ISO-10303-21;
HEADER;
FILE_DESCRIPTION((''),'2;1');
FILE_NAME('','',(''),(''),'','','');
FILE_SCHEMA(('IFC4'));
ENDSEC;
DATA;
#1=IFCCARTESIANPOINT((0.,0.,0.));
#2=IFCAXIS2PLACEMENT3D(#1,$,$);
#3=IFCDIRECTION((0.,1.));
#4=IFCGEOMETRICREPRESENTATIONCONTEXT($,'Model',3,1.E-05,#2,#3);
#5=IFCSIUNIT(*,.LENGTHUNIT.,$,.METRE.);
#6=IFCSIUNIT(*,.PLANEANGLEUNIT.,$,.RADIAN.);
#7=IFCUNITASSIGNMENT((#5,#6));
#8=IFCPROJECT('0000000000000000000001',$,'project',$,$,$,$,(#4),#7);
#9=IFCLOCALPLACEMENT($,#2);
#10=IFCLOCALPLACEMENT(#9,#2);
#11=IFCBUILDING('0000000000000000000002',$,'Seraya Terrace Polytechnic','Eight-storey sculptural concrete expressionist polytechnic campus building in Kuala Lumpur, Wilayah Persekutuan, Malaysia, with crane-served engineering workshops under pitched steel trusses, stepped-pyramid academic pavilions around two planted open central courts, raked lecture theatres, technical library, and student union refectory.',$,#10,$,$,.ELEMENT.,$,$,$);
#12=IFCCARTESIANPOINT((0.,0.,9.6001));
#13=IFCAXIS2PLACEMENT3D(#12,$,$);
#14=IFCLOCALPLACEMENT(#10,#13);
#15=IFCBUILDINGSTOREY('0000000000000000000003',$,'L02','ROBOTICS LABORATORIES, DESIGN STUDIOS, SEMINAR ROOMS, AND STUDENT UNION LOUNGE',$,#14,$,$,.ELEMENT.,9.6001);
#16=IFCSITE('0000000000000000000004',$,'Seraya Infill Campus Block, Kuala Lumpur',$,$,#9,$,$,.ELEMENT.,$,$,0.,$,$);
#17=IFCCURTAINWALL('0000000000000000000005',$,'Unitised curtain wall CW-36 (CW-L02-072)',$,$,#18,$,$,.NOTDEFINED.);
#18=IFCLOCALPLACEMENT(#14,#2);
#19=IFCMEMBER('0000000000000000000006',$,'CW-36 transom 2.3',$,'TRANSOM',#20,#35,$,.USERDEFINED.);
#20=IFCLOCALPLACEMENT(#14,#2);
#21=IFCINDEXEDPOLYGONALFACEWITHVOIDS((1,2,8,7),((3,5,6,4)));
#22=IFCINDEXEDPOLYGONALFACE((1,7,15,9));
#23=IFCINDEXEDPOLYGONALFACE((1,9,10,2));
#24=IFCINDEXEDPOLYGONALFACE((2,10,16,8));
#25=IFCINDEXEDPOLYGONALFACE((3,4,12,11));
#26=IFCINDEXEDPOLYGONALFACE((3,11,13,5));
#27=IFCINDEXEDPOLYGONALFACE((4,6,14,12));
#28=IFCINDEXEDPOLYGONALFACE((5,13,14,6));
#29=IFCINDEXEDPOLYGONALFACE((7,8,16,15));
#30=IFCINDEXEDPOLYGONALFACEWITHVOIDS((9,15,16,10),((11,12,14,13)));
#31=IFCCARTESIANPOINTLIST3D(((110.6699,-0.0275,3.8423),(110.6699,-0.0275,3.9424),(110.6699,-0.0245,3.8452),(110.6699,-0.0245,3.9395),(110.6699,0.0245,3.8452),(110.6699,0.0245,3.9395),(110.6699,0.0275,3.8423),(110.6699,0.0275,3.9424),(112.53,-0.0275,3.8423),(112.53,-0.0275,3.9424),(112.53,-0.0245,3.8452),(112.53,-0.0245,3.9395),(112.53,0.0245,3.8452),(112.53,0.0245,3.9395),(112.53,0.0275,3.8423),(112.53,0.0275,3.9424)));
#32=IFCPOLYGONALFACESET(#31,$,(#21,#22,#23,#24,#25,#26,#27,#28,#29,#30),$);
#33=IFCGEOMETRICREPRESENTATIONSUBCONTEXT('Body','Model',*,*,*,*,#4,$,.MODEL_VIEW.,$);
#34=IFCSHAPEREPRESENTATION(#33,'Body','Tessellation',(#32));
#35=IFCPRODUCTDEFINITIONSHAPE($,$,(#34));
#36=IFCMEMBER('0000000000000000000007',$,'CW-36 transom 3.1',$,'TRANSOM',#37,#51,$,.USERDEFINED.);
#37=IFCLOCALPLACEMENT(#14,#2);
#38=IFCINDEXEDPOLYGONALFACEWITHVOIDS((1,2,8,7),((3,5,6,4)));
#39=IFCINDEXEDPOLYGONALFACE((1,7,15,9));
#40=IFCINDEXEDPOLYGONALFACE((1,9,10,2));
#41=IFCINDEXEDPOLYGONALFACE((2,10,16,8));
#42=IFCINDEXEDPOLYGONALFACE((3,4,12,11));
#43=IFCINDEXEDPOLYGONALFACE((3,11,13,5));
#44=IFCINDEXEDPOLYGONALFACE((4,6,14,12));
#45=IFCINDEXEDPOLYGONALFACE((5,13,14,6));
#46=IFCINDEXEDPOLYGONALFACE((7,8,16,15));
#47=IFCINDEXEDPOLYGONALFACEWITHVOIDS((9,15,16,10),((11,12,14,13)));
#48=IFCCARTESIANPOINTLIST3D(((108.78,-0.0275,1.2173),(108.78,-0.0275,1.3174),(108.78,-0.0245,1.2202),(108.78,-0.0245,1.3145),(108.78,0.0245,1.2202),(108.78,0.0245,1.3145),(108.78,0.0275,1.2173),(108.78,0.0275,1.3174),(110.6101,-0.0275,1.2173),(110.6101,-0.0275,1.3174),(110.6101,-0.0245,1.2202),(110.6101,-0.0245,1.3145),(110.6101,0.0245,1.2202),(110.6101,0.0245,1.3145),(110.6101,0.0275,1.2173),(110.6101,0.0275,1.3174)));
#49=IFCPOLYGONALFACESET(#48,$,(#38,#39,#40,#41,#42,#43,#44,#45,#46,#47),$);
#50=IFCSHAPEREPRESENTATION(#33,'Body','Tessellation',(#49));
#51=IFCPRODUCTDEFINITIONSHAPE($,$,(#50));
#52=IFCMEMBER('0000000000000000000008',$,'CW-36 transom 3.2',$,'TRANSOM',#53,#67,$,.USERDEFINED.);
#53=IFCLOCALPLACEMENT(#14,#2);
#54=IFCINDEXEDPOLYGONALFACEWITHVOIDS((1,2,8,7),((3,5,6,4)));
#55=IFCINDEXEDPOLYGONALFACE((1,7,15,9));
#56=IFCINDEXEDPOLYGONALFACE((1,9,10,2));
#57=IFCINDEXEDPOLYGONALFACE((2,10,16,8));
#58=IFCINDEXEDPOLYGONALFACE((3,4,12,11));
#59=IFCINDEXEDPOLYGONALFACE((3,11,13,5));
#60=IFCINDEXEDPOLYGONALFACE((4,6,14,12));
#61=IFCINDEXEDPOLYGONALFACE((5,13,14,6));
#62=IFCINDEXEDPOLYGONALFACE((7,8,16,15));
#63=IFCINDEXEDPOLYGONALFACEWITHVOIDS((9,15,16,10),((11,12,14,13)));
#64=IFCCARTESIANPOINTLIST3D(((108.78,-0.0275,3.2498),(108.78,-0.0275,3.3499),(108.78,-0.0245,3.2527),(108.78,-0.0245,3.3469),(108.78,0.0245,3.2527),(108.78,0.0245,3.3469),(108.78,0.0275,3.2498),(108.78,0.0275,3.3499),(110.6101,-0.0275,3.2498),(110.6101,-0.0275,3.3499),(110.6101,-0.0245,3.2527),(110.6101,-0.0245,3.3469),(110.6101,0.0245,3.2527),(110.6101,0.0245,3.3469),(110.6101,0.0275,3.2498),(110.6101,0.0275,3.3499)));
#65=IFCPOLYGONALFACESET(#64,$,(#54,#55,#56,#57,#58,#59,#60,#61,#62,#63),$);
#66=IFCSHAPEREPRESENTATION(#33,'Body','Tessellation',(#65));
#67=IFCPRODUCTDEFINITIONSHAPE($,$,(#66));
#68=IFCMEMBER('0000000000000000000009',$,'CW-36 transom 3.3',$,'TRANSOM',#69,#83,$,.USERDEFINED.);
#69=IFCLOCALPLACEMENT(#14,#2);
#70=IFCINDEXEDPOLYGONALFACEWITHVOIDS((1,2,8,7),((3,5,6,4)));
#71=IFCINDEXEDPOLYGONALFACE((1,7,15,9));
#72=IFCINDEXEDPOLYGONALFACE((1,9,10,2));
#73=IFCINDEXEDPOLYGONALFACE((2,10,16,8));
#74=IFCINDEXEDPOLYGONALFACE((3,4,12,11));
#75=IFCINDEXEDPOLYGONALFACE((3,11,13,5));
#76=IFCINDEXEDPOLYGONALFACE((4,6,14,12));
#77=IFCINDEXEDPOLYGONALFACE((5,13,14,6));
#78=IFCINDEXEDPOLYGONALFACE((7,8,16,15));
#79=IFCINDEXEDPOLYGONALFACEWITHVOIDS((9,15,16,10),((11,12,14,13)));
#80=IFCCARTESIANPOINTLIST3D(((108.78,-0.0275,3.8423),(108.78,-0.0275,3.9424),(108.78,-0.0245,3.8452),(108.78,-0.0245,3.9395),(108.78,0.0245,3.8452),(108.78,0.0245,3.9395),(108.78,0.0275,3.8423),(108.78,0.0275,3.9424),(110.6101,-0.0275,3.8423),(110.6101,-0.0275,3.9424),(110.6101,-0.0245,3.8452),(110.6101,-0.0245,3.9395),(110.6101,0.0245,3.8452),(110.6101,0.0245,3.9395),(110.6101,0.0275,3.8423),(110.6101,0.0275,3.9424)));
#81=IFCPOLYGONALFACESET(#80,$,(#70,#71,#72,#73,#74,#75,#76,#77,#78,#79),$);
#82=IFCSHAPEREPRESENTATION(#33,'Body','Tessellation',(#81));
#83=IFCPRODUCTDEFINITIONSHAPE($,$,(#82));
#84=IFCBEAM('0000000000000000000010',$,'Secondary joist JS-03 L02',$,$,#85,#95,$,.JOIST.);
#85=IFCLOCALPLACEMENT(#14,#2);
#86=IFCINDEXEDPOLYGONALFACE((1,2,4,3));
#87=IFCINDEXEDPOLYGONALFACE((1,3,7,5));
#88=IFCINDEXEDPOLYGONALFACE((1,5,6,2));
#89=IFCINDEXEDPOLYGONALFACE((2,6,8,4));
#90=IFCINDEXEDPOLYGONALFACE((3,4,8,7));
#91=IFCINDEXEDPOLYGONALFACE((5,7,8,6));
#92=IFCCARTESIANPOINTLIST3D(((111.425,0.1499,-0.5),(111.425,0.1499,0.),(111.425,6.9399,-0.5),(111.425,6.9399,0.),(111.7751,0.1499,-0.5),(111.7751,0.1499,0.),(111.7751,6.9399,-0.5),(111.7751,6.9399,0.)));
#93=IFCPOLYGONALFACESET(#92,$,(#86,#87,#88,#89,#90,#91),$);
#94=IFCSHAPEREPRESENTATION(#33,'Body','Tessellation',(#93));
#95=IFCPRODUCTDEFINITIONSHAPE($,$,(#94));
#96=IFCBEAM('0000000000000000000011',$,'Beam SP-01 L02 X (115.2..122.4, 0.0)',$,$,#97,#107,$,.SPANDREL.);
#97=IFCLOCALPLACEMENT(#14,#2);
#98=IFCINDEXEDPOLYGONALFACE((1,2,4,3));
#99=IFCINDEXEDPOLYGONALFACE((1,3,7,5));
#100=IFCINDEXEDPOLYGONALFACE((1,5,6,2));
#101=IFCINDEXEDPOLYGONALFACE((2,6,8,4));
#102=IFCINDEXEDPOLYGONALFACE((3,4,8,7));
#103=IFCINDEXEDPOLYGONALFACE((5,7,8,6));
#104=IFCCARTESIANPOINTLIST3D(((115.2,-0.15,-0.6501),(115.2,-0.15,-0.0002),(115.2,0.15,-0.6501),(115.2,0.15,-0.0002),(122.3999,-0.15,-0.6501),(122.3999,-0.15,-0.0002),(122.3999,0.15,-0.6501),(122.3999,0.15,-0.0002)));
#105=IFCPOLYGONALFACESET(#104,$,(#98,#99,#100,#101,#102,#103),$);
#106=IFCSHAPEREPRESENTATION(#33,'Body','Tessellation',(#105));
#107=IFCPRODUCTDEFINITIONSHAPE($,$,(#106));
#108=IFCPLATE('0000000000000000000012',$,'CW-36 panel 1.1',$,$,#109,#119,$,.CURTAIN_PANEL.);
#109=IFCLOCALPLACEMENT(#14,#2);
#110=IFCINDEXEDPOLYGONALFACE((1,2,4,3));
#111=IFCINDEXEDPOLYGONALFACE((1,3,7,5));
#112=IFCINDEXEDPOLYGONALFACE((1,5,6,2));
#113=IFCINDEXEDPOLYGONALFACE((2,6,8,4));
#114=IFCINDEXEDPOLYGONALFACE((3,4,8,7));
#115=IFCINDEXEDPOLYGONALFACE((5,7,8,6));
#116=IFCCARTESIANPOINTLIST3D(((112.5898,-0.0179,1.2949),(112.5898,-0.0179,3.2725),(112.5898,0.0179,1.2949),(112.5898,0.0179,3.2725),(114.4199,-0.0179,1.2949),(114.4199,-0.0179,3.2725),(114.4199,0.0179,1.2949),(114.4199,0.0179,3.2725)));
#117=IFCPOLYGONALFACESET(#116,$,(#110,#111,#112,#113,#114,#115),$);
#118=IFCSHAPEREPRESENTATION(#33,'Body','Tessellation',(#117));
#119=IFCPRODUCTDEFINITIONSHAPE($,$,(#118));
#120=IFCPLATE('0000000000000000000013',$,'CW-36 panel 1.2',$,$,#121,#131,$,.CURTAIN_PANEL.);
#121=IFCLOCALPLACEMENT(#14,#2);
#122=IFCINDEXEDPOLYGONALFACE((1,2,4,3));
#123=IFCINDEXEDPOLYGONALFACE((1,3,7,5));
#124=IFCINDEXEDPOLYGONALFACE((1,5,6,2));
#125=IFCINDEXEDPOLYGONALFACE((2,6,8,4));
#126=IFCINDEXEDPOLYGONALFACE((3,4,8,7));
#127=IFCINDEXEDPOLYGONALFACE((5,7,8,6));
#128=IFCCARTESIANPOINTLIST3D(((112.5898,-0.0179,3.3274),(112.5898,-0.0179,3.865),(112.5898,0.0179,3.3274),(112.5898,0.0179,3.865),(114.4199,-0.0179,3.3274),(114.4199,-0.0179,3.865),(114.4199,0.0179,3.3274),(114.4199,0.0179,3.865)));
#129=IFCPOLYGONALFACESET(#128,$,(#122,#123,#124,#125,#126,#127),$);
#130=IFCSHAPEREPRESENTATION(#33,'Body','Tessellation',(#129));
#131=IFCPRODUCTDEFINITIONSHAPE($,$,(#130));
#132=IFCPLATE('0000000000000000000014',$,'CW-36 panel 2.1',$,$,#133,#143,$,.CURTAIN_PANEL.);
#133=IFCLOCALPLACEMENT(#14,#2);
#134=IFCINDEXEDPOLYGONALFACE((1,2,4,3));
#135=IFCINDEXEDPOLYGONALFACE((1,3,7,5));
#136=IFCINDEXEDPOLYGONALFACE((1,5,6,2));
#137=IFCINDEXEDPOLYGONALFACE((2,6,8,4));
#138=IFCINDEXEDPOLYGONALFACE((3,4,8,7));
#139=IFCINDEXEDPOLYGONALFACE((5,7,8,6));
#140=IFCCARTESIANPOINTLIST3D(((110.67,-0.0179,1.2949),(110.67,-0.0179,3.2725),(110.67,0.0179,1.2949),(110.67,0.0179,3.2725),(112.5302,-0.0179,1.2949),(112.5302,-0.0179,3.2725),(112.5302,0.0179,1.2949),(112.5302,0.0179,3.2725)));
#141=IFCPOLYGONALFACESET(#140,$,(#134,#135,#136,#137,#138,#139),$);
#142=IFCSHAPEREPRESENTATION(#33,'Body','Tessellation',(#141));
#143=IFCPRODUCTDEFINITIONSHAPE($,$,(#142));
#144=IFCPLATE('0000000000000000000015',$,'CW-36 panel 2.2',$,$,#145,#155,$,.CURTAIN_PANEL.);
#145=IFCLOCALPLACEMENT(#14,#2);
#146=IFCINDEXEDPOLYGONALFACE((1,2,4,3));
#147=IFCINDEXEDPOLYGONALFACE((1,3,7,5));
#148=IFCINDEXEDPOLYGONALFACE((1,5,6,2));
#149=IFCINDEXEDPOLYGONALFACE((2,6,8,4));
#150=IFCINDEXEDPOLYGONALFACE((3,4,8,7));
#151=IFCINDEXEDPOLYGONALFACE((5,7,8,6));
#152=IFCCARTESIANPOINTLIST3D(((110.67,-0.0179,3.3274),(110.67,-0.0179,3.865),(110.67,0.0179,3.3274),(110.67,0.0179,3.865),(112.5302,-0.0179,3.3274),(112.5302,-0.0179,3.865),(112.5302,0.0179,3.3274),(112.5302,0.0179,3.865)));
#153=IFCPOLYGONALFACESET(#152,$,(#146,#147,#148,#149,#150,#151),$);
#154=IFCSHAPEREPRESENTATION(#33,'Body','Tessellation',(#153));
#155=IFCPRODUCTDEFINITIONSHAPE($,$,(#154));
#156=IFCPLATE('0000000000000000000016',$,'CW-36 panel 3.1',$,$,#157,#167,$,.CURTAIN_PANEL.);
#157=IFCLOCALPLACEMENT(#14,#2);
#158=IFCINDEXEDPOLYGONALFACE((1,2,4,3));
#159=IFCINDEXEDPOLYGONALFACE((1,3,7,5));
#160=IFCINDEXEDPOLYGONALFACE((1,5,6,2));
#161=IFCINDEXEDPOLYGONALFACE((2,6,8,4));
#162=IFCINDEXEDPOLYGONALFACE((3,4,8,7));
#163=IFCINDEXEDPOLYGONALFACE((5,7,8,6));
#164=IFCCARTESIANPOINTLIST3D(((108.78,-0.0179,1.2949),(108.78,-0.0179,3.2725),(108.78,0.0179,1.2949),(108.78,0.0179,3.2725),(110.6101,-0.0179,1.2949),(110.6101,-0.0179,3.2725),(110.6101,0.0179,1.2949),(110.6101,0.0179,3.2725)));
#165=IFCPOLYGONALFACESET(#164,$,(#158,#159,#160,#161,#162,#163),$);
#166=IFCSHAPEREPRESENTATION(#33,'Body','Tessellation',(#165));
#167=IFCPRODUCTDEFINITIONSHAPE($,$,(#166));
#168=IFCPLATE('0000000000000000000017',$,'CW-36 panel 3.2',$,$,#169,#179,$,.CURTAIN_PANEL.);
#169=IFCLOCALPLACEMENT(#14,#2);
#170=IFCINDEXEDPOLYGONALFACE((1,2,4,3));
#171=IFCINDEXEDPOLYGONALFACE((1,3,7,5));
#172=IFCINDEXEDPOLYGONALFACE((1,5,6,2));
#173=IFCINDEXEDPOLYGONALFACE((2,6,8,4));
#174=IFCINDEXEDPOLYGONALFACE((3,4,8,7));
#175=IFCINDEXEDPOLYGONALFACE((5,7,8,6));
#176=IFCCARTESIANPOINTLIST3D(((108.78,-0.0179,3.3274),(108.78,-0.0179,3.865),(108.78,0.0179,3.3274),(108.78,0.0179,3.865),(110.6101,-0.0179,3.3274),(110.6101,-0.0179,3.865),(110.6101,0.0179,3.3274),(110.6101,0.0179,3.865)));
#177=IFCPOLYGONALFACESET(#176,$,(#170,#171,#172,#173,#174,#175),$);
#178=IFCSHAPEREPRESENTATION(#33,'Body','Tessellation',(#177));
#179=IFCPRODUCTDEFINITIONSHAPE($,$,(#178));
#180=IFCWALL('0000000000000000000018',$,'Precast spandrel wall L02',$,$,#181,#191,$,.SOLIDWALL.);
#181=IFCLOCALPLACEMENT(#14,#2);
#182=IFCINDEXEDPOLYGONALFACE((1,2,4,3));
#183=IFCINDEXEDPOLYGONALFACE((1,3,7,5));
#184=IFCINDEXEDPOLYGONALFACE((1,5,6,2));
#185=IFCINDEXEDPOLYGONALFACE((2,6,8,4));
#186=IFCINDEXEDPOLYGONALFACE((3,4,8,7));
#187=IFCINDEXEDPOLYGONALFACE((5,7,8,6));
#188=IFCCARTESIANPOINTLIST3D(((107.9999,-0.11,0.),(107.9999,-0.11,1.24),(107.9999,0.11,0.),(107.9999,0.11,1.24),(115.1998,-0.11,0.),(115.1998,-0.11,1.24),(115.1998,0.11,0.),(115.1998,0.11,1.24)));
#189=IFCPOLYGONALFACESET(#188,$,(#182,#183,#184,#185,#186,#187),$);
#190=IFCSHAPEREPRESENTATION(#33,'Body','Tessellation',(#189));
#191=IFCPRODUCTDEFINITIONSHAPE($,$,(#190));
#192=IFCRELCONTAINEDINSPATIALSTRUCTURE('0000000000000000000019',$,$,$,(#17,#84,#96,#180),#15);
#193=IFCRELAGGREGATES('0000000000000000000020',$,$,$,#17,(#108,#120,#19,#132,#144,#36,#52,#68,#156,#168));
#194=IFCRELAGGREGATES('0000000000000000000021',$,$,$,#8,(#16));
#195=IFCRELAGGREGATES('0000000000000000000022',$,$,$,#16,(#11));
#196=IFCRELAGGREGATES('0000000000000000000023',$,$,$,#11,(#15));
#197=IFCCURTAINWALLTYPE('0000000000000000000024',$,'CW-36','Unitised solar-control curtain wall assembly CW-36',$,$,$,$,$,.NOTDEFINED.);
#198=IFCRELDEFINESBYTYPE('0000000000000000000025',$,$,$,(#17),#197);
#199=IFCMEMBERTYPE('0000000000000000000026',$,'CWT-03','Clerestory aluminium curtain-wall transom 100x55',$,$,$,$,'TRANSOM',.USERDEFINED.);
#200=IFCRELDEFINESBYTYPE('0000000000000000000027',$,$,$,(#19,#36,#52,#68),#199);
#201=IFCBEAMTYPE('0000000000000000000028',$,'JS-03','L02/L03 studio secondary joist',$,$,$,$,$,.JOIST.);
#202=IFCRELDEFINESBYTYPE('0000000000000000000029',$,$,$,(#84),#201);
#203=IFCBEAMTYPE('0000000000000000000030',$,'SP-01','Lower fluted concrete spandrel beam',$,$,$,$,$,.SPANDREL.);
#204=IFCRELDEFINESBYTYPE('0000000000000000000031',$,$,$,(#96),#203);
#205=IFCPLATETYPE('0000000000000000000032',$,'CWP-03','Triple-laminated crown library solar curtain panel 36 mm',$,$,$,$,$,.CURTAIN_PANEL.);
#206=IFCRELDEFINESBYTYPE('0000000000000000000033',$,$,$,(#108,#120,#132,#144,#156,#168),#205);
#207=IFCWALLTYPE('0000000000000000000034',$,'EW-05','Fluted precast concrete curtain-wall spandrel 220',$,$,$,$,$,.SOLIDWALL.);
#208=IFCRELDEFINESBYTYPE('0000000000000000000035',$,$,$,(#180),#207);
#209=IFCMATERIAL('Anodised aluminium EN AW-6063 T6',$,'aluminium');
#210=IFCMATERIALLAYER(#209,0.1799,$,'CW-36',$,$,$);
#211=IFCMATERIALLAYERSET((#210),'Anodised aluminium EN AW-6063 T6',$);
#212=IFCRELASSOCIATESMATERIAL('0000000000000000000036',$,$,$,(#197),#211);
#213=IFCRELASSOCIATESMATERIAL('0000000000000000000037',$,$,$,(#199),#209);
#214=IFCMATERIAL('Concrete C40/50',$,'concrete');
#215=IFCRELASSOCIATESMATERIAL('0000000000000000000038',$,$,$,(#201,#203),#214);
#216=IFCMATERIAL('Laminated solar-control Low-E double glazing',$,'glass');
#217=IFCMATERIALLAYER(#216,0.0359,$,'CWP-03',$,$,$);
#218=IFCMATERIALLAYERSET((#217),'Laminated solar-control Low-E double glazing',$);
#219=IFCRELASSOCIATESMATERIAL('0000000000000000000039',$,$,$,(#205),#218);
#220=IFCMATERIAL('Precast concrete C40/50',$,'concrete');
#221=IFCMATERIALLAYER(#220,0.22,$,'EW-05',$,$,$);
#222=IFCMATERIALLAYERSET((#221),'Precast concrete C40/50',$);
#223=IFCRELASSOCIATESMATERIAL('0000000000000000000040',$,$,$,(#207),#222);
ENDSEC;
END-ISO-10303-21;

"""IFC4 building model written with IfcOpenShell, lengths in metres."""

from ifc_helpers import new_model, si_unit, direction, frame, frame_2d, origin, origin_2d, place, context, subcontext, project, spatial, rectangle, hollow_rectangle, extrude, material, layer, layer_set, material_profile, profile_set, type_object, element, aggregate, save


model = new_model("IFC4")

# Units and contexts
model_context = context("Model", 3, precision=1e-05, world=origin(), true_north=direction((0.0, 1.0)))
body_context = subcontext(model_context, "Body", "Model", "MODEL_VIEW")
ifc_project = project(units=[si_unit("LENGTHUNIT", "METRE"), si_unit("PLANEANGLEUNIT", "RADIAN")], contexts=[model_context])

# Site, building, storey
site_placement = place(None, origin())
site = spatial("IfcSite", under=ifc_project, at=site_placement, Name="Seraya Infill Campus Block, Kuala Lumpur", CompositionType="ELEMENT", RefElevation=0.0)
building_placement = place(site_placement, origin())
building = spatial("IfcBuilding", under=site, at=building_placement, Name="Seraya Terrace Polytechnic", Description="Eight-storey sculptural concrete expressionist polytechnic campus building in Kuala Lumpur, Wilayah Persekutuan, Malaysia, with crane-served engineering workshops under pitched steel trusses, stepped-pyramid academic pavilions around two planted open central courts, raked lecture theatres, technical library, and student union refectory.", CompositionType="ELEMENT")
storey_placement = place(building_placement, frame((0.0, 0.0, 9.6001)))
storey = spatial("IfcBuildingStorey", under=building, at=storey_placement, Name="L02", Description="ROBOTICS LABORATORIES, DESIGN STUDIOS, SEMINAR ROOMS, AND STUDENT UNION LOUNGE", CompositionType="ELEMENT", Elevation=9.6001)

# Shared definitions
ifc_material_1 = material(Name="Concrete C40/50", Category="concrete")

# Curtain wall, members
ifc_material_2 = material(Name="Anodised aluminium EN AW-6063 T6", Category="aluminium")
ifc_layer_1 = layer(ifc_material_2, 0.1799, Name="CW-36")
ifc_layer_set_1 = layer_set([ifc_layer_1], Name="Anodised aluminium EN AW-6063 T6")
curtain_wall_type = type_object("IfcCurtainWallType", Name="CW-36", Description="Unitised solar-control curtain wall assembly CW-36", PredefinedType="NOTDEFINED", material=ifc_layer_set_1)
curtain_wall_placement = place(storey_placement, origin())
curtain_wall = element("IfcCurtainWall", 1, at=curtain_wall_placement, inside=storey, type_object=curtain_wall_type, Name="Unitised curtain wall CW-36 (CW-L02-072)", PredefinedType="NOTDEFINED")
ifc_material_profile_1 = material_profile(ifc_material_2, hollow_rectangle(XDim=0.0549, YDim=0.1001, WallThickness=0.0029, at=origin_2d()), Name="RHS 100x55x3.0")
ifc_profile_set_1 = profile_set([ifc_material_profile_1], Name="Anodised aluminium EN AW-6063 T6")
member_type_1 = type_object("IfcMemberType", Name="CWT-03", Description="Clerestory aluminium curtain-wall transom 100x55", ElementType="TRANSOM", PredefinedType="USERDEFINED", material=ifc_profile_set_1)
member_1_placement = place(storey_placement, frame((112.53, 0.0, 3.8923), z_axis=(-1.0, 0.0, 0.0), x_axis=(0.0, -1.0, 0.0)))
member_1 = element("IfcMember", 2, at=member_1_placement, type_object=member_type_1, Name="CW-36 transom 2.3", ObjectType="TRANSOM", PredefinedType="USERDEFINED", context=body_context, shape_type="SweptSolid", body=[
    extrude(hollow_rectangle(XDim=0.0549, YDim=0.1001, WallThickness=0.0029, at=origin_2d()), origin(), (0.0, 0.0, 1.0), 1.8601),
])
member_2_placement = place(storey_placement, frame((110.6101, 0.0, 1.2673), z_axis=(-1.0, 0.0, 0.0), x_axis=(0.0, -1.0, 0.0)))
member_2 = element("IfcMember", 3, at=member_2_placement, type_object=member_type_1, Name="CW-36 transom 3.1", ObjectType="TRANSOM", PredefinedType="USERDEFINED", context=body_context, shape_type="SweptSolid", body=[
    extrude(hollow_rectangle(XDim=0.0549, YDim=0.1001, WallThickness=0.0029, at=origin_2d()), origin(), (0.0, 0.0, 1.0), 1.8301),
])
member_3_placement = place(storey_placement, frame((110.6101, 0.0, 3.2998), z_axis=(-1.0, 0.0, 0.0), x_axis=(0.0, -1.0, 0.0)))
member_3 = element("IfcMember", 4, at=member_3_placement, type_object=member_type_1, Name="CW-36 transom 3.2", ObjectType="TRANSOM", PredefinedType="USERDEFINED", context=body_context, shape_type="SweptSolid", body=[
    extrude(hollow_rectangle(XDim=0.0549, YDim=0.1001, WallThickness=0.0029, at=origin_2d()), origin(), (0.0, 0.0, 1.0), 1.8301),
])
member_4_placement = place(storey_placement, frame((110.6101, 0.0, 3.8923), z_axis=(-1.0, 0.0, 0.0), x_axis=(0.0, -1.0, 0.0)))
member_4 = element("IfcMember", 5, at=member_4_placement, type_object=member_type_1, Name="CW-36 transom 3.3", ObjectType="TRANSOM", PredefinedType="USERDEFINED", context=body_context, shape_type="SweptSolid", body=[
    extrude(hollow_rectangle(XDim=0.0549, YDim=0.1001, WallThickness=0.0029, at=origin_2d()), origin(), (0.0, 0.0, 1.0), 1.8301),
])

# Beams
ifc_material_profile_2 = material_profile(ifc_material_1, rectangle(XDim=0.3501, YDim=0.5, at=origin_2d()), Name="RC 350x500")
ifc_profile_set_2 = profile_set([ifc_material_profile_2], Name="Concrete C40/50")
beam_type_1 = type_object("IfcBeamType", Name="JS-03", Description="L02/L03 studio secondary joist", PredefinedType="JOIST", material=ifc_profile_set_2)
beam_1_placement = place(storey_placement, frame((111.6001, 0.1499, -0.25), z_axis=(0.0, 1.0, 0.0), x_axis=(-1.0, 0.0, 0.0)))
element("IfcBeam", 6, at=beam_1_placement, inside=storey, type_object=beam_type_1, Name="Secondary joist JS-03 L02", PredefinedType="JOIST", context=body_context, shape_type="SweptSolid", body=[
    extrude(rectangle(XDim=0.3501, YDim=0.5, at=origin_2d()), origin(), (0.0, 0.0, 1.0), 6.79),
])
ifc_material_profile_3 = material_profile(ifc_material_1, rectangle(XDim=0.3, YDim=0.6499, at=origin_2d()), Name="RC 300x650")
ifc_profile_set_3 = profile_set([ifc_material_profile_3], Name="Concrete C40/50")
beam_type_2 = type_object("IfcBeamType", Name="SP-01", Description="Lower fluted concrete spandrel beam", PredefinedType="SPANDREL", material=ifc_profile_set_3)
beam_2_placement = place(storey_placement, frame((115.2, 0.0, -0.3252), z_axis=(1.0, 0.0, 0.0), x_axis=(0.0, 1.0, 0.0)))
element("IfcBeam", 7, at=beam_2_placement, inside=storey, type_object=beam_type_2, Name="Beam SP-01 L02 X (115.2..122.4, 0.0)", PredefinedType="SPANDREL", context=body_context, shape_type="SweptSolid", body=[
    extrude(rectangle(XDim=0.3, YDim=0.6499, at=origin_2d()), origin(), (0.0, 0.0, 1.0), 7.2),
])

# Plates
ifc_material_3 = material(Name="Laminated solar-control Low-E double glazing", Category="glass")
ifc_layer_2 = layer(ifc_material_3, 0.0359, Name="CWP-03")
ifc_layer_set_2 = layer_set([ifc_layer_2], Name="Laminated solar-control Low-E double glazing")
plate_type = type_object("IfcPlateType", Name="CWP-03", Description="Triple-laminated crown library solar curtain panel 36 mm", PredefinedType="CURTAIN_PANEL", material=ifc_layer_set_2)
plate_1_placement = place(storey_placement, frame((113.5049, 0.0, 1.2949), z_axis=(0.0, 0.0, 1.0), x_axis=(-1.0, 0.0, 0.0)))
plate_1 = element("IfcPlate", 8, at=plate_1_placement, type_object=plate_type, Name="CW-36 panel 1.1", PredefinedType="CURTAIN_PANEL", context=body_context, shape_type="SweptSolid", body=[
    extrude(rectangle(XDim=1.8301, YDim=0.0359, at=origin_2d()), origin(), (0.0, 0.0, 1.0), 1.9775),
])
plate_2_placement = place(storey_placement, frame((113.5049, 0.0, 3.3274), z_axis=(0.0, 0.0, 1.0), x_axis=(-1.0, 0.0, 0.0)))
plate_2 = element("IfcPlate", 9, at=plate_2_placement, type_object=plate_type, Name="CW-36 panel 1.2", PredefinedType="CURTAIN_PANEL", context=body_context, shape_type="SweptSolid", body=[
    extrude(rectangle(XDim=1.8301, YDim=0.0359, at=origin_2d()), origin(), (0.0, 0.0, 1.0), 0.5376),
])
plate_3_placement = place(storey_placement, frame((111.6001, 0.0, 1.2949), z_axis=(0.0, 0.0, 1.0), x_axis=(-1.0, 0.0, 0.0)))
plate_3 = element("IfcPlate", 10, at=plate_3_placement, type_object=plate_type, Name="CW-36 panel 2.1", PredefinedType="CURTAIN_PANEL", context=body_context, shape_type="SweptSolid", body=[
    extrude(rectangle(XDim=1.8601, YDim=0.0359, at=origin_2d()), origin(), (0.0, 0.0, 1.0), 1.9775),
])
plate_4_placement = place(storey_placement, frame((111.6001, 0.0, 3.3274), z_axis=(0.0, 0.0, 1.0), x_axis=(-1.0, 0.0, 0.0)))
plate_4 = element("IfcPlate", 11, at=plate_4_placement, type_object=plate_type, Name="CW-36 panel 2.2", PredefinedType="CURTAIN_PANEL", context=body_context, shape_type="SweptSolid", body=[
    extrude(rectangle(XDim=1.8601, YDim=0.0359, at=origin_2d()), origin(), (0.0, 0.0, 1.0), 0.5376),
])
plate_5_placement = place(storey_placement, frame((109.6951, 0.0, 1.2949), z_axis=(0.0, 0.0, 1.0), x_axis=(-1.0, 0.0, 0.0)))
plate_5 = element("IfcPlate", 12, at=plate_5_placement, type_object=plate_type, Name="CW-36 panel 3.1", PredefinedType="CURTAIN_PANEL", context=body_context, shape_type="SweptSolid", body=[
    extrude(rectangle(XDim=1.8301, YDim=0.0359, at=origin_2d()), origin(), (0.0, 0.0, 1.0), 1.9775),
])
plate_6_placement = place(storey_placement, frame((109.6951, 0.0, 3.3274), z_axis=(0.0, 0.0, 1.0), x_axis=(-1.0, 0.0, 0.0)))
plate_6 = element("IfcPlate", 13, at=plate_6_placement, type_object=plate_type, Name="CW-36 panel 3.2", PredefinedType="CURTAIN_PANEL", context=body_context, shape_type="SweptSolid", body=[
    extrude(rectangle(XDim=1.8301, YDim=0.0359, at=origin_2d()), origin(), (0.0, 0.0, 1.0), 0.5376),
])
aggregate(curtain_wall, [plate_1, plate_2, member_1, plate_3, plate_4, member_2, member_3, member_4, plate_5, plate_6])

# Wall
ifc_material_4 = material(Name="Precast concrete C40/50", Category="concrete")
ifc_layer_3 = layer(ifc_material_4, 0.22, Name="EW-05")
ifc_layer_set_3 = layer_set([ifc_layer_3], Name="Precast concrete C40/50")
wall_type_1 = type_object("IfcWallType", Name="EW-05", Description="Fluted precast concrete curtain-wall spandrel 220", PredefinedType="SOLIDWALL", material=ifc_layer_set_3)
wall_1_placement = place(storey_placement, frame((115.2, 0.0, 0.0), z_axis=(0.0, 0.0, 1.0), x_axis=(-1.0, 0.0, 0.0)))
element("IfcWall", 14, at=wall_1_placement, inside=storey, type_object=wall_type_1, Name="Precast spandrel wall L02", PredefinedType="SOLIDWALL", context=body_context, shape_type="SweptSolid", body=[
    extrude(rectangle(XDim=7.2, YDim=0.22, at=frame_2d((3.6001, 0.0))), origin(), (0.0, 0.0, 1.0), 1.24),
])

save(model, "model.ifc")
